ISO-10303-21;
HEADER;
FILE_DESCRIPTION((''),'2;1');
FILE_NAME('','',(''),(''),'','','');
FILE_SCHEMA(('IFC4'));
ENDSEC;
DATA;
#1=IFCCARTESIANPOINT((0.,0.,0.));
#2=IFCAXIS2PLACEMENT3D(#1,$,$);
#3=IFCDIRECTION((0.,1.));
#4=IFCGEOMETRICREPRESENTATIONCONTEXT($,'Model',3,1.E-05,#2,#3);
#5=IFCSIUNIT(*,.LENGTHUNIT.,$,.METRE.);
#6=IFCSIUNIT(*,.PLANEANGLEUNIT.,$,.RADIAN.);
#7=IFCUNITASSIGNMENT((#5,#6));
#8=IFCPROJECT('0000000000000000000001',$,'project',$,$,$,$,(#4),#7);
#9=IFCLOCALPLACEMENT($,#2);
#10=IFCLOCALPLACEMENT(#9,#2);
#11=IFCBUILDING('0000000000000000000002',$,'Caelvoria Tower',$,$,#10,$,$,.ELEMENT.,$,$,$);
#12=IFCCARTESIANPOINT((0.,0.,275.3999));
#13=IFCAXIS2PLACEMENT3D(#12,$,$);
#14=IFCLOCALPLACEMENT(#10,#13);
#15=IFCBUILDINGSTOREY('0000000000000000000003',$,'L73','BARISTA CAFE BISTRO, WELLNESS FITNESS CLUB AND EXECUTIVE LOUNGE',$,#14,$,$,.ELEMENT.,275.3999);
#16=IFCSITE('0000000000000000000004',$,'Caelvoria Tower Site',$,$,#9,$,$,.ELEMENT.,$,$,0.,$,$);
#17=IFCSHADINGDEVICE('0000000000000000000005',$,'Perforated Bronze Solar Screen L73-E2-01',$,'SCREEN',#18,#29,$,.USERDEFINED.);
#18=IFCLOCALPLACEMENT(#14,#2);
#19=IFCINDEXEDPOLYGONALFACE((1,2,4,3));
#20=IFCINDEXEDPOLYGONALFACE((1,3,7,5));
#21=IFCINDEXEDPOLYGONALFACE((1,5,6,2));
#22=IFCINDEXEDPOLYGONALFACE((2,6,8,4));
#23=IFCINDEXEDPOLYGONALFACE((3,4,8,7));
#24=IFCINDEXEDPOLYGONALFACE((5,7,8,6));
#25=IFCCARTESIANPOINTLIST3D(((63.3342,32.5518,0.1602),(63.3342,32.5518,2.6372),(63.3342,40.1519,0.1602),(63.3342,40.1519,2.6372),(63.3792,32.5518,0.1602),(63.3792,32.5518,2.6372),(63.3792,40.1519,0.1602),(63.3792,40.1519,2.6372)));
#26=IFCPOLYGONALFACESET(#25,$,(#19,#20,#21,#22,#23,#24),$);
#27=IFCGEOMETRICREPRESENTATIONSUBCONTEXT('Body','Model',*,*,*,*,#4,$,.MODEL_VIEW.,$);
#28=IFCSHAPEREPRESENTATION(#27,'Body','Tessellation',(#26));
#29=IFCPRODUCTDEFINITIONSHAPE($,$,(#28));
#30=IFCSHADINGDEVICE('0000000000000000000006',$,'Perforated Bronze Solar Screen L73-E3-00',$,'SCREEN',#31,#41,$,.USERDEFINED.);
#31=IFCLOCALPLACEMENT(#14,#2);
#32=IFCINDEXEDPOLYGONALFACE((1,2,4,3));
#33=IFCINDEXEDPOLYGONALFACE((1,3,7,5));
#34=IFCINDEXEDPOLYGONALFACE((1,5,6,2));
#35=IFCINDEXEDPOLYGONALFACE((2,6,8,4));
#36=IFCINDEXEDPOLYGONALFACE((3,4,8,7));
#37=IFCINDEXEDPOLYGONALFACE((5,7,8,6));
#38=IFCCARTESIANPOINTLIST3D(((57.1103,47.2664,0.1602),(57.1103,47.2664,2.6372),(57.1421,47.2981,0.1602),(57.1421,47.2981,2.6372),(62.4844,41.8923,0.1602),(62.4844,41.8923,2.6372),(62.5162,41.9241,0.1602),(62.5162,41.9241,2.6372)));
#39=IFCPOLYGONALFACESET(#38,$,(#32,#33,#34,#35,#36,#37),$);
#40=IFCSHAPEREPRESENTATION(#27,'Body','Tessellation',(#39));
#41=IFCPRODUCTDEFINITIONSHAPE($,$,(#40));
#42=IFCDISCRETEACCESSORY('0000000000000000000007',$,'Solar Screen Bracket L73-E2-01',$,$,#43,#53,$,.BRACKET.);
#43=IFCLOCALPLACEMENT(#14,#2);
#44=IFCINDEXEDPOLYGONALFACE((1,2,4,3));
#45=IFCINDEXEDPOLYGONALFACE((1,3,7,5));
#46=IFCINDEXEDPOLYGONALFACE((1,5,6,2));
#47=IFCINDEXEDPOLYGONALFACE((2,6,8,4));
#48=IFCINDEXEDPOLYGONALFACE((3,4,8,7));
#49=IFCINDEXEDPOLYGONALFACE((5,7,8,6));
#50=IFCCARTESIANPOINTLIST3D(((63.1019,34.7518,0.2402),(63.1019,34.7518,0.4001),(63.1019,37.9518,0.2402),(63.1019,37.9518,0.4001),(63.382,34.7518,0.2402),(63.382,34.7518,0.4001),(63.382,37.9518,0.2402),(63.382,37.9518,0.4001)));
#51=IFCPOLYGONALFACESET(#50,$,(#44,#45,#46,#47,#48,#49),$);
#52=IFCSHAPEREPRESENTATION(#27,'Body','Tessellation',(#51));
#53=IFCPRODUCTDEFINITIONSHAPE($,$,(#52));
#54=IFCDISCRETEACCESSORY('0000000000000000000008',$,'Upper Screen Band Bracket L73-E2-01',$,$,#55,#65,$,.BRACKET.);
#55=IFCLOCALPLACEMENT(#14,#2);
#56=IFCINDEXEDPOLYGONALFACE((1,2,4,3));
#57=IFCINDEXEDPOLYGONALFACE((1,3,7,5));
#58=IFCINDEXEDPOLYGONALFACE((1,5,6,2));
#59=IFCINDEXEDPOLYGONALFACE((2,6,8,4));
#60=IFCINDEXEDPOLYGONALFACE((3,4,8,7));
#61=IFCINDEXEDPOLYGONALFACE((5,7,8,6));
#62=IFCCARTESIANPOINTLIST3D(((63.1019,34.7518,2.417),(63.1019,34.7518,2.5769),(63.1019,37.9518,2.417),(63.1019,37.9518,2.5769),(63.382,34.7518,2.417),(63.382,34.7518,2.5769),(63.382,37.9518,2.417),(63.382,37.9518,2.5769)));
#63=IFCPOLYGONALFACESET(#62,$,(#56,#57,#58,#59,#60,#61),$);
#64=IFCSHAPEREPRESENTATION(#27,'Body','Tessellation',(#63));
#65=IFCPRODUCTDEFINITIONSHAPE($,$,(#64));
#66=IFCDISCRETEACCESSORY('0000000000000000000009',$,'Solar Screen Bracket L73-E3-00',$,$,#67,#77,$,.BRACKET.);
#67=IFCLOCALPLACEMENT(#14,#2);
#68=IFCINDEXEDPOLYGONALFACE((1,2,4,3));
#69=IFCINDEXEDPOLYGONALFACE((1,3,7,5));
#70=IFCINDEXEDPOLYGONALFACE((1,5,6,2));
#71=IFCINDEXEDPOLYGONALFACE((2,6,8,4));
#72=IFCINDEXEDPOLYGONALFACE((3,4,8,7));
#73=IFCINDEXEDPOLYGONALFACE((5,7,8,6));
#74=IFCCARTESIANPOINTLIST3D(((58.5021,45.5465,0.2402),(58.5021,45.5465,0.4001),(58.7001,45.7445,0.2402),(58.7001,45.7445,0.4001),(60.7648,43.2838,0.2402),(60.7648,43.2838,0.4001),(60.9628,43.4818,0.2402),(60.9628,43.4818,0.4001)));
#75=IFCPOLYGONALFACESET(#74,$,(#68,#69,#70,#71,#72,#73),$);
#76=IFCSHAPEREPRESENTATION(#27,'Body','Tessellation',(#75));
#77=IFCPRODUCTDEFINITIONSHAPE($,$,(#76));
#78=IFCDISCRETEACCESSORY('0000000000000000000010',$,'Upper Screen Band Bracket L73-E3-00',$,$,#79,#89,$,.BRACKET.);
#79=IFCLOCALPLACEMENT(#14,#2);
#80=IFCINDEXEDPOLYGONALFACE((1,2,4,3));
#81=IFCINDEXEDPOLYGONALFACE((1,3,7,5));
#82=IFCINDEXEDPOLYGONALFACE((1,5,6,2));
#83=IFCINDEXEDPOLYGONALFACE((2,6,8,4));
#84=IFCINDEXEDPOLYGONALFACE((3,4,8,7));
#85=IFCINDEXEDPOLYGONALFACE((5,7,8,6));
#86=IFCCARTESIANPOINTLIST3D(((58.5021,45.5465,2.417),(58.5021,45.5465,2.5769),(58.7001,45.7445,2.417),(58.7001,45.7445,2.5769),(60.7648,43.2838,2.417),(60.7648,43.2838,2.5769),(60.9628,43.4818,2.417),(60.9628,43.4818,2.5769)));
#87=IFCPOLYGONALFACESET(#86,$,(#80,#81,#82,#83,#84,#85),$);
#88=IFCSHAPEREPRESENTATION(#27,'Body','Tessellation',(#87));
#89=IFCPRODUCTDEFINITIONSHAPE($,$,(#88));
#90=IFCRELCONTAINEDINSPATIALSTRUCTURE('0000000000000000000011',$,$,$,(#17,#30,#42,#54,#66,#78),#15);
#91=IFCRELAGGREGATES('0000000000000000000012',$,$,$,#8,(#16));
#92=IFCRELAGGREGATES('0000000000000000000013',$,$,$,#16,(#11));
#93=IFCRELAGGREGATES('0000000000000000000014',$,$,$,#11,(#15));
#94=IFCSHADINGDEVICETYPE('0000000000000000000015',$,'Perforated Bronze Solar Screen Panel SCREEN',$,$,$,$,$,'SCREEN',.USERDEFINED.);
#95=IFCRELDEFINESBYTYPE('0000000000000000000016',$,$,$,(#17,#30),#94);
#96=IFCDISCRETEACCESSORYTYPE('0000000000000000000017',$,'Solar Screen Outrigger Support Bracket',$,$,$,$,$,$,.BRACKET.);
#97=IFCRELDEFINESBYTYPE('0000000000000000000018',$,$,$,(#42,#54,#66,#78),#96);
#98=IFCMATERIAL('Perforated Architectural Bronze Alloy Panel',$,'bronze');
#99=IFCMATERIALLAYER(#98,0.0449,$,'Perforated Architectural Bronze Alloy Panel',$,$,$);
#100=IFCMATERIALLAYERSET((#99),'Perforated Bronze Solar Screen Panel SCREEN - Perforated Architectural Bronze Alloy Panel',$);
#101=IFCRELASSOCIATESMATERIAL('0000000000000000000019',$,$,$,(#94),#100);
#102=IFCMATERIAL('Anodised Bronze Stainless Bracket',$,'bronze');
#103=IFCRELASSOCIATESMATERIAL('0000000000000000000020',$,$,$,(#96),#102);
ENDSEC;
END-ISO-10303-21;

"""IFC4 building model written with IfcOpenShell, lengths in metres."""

from ifc_helpers import new_model, si_unit, direction, frame, origin, origin_2d, place, context, subcontext, project, spatial, rectangle, extrude, material, layer, layer_set, type_object, element, save


model = new_model("IFC4")

# Units and contexts
model_context = context("Model", 3, precision=1e-05, world=origin(), true_north=direction((0.0, 1.0)))
body_context = subcontext(model_context, "Body", "Model", "MODEL_VIEW")
ifc_project = project(units=[si_unit("LENGTHUNIT", "METRE"), si_unit("PLANEANGLEUNIT", "RADIAN")], contexts=[model_context])

# Site, building, storey
site_placement = place(None, origin())
site = spatial("IfcSite", under=ifc_project, at=site_placement, Name="Caelvoria Tower Site", CompositionType="ELEMENT", RefElevation=0.0)
building_placement = place(site_placement, origin())
building = spatial("IfcBuilding", under=site, at=building_placement, Name="Caelvoria Tower", CompositionType="ELEMENT")
storey_placement = place(building_placement, frame((0.0, 0.0, 275.3999)))
storey = spatial("IfcBuildingStorey", under=building, at=storey_placement, Name="L73", Description="BARISTA CAFE BISTRO, WELLNESS FITNESS CLUB AND EXECUTIVE LOUNGE", CompositionType="ELEMENT", Elevation=275.3999)

# Shading devices
ifc_material_1 = material(Name="Perforated Architectural Bronze Alloy Panel", Category="bronze")
ifc_layer_1 = layer(ifc_material_1, 0.0449, Name="Perforated Architectural Bronze Alloy Panel")
ifc_layer_set_1 = layer_set([ifc_layer_1], Name="Perforated Bronze Solar Screen Panel SCREEN - Perforated Architectural Bronze Alloy Panel")
shading_device_type = type_object("IfcShadingDeviceType", Name="Perforated Bronze Solar Screen Panel SCREEN", ElementType="SCREEN", PredefinedType="USERDEFINED", material=ifc_layer_set_1)
for number, where, z_axis, x_axis, name in (
    (1, (63.3567, 36.3518, 0.1602), (0.0, 0.0, 1.0), (0.0, 1.0, 0.0), "Perforated Bronze Solar Screen L73-E2-01"),
    (2, (59.8132, 44.5952, 0.1602), (0.0, 0.0, 1.0), (-0.707107, 0.707107, 0.0), "Perforated Bronze Solar Screen L73-E3-00"),
):
    element("IfcShadingDevice", number, at=place(storey_placement, frame(where, z_axis=z_axis, x_axis=x_axis)), inside=storey, type_object=shading_device_type, Name=name, ObjectType="SCREEN", PredefinedType="USERDEFINED", context=body_context, shape_type="SweptSolid", body=[
        extrude(rectangle(XDim=7.6001, YDim=0.0449, at=origin_2d()), origin(), (0.0, 0.0, 1.0), 2.4771),
    ])

# Discrete accessories
ifc_material_2 = material(Name="Anodised Bronze Stainless Bracket", Category="bronze")
discrete_accessory_type = type_object("IfcDiscreteAccessoryType", Name="Solar Screen Outrigger Support Bracket", PredefinedType="BRACKET", material=ifc_material_2)
for number, where, z_axis, x_axis, name in (
    (3, (63.2419, 36.3518, 0.2402), (0.0, 0.0, 1.0), (0.0, 1.0, 0.0), "Solar Screen Bracket L73-E2-01"),
    (4, (63.2419, 36.3518, 2.417), (0.0, 0.0, 1.0), (0.0, 1.0, 0.0), "Upper Screen Band Bracket L73-E2-01"),
    (5, (59.7324, 44.5142, 0.2402), (0.0, 0.0, 1.0), (-0.707107, 0.707107, 0.0), "Solar Screen Bracket L73-E3-00"),
    (6, (59.7324, 44.5142, 2.417), (0.0, 0.0, 1.0), (-0.707107, 0.707107, 0.0), "Upper Screen Band Bracket L73-E3-00"),
):
    element("IfcDiscreteAccessory", number, at=place(storey_placement, frame(where, z_axis=z_axis, x_axis=x_axis)), inside=storey, type_object=discrete_accessory_type, Name=name, PredefinedType="BRACKET", context=body_context, shape_type="SweptSolid", body=[
        extrude(rectangle(XDim=3.2, YDim=0.28, at=origin_2d()), origin(), (0.0, 0.0, 1.0), 0.1599),
    ])

save(model, "model.ifc")
